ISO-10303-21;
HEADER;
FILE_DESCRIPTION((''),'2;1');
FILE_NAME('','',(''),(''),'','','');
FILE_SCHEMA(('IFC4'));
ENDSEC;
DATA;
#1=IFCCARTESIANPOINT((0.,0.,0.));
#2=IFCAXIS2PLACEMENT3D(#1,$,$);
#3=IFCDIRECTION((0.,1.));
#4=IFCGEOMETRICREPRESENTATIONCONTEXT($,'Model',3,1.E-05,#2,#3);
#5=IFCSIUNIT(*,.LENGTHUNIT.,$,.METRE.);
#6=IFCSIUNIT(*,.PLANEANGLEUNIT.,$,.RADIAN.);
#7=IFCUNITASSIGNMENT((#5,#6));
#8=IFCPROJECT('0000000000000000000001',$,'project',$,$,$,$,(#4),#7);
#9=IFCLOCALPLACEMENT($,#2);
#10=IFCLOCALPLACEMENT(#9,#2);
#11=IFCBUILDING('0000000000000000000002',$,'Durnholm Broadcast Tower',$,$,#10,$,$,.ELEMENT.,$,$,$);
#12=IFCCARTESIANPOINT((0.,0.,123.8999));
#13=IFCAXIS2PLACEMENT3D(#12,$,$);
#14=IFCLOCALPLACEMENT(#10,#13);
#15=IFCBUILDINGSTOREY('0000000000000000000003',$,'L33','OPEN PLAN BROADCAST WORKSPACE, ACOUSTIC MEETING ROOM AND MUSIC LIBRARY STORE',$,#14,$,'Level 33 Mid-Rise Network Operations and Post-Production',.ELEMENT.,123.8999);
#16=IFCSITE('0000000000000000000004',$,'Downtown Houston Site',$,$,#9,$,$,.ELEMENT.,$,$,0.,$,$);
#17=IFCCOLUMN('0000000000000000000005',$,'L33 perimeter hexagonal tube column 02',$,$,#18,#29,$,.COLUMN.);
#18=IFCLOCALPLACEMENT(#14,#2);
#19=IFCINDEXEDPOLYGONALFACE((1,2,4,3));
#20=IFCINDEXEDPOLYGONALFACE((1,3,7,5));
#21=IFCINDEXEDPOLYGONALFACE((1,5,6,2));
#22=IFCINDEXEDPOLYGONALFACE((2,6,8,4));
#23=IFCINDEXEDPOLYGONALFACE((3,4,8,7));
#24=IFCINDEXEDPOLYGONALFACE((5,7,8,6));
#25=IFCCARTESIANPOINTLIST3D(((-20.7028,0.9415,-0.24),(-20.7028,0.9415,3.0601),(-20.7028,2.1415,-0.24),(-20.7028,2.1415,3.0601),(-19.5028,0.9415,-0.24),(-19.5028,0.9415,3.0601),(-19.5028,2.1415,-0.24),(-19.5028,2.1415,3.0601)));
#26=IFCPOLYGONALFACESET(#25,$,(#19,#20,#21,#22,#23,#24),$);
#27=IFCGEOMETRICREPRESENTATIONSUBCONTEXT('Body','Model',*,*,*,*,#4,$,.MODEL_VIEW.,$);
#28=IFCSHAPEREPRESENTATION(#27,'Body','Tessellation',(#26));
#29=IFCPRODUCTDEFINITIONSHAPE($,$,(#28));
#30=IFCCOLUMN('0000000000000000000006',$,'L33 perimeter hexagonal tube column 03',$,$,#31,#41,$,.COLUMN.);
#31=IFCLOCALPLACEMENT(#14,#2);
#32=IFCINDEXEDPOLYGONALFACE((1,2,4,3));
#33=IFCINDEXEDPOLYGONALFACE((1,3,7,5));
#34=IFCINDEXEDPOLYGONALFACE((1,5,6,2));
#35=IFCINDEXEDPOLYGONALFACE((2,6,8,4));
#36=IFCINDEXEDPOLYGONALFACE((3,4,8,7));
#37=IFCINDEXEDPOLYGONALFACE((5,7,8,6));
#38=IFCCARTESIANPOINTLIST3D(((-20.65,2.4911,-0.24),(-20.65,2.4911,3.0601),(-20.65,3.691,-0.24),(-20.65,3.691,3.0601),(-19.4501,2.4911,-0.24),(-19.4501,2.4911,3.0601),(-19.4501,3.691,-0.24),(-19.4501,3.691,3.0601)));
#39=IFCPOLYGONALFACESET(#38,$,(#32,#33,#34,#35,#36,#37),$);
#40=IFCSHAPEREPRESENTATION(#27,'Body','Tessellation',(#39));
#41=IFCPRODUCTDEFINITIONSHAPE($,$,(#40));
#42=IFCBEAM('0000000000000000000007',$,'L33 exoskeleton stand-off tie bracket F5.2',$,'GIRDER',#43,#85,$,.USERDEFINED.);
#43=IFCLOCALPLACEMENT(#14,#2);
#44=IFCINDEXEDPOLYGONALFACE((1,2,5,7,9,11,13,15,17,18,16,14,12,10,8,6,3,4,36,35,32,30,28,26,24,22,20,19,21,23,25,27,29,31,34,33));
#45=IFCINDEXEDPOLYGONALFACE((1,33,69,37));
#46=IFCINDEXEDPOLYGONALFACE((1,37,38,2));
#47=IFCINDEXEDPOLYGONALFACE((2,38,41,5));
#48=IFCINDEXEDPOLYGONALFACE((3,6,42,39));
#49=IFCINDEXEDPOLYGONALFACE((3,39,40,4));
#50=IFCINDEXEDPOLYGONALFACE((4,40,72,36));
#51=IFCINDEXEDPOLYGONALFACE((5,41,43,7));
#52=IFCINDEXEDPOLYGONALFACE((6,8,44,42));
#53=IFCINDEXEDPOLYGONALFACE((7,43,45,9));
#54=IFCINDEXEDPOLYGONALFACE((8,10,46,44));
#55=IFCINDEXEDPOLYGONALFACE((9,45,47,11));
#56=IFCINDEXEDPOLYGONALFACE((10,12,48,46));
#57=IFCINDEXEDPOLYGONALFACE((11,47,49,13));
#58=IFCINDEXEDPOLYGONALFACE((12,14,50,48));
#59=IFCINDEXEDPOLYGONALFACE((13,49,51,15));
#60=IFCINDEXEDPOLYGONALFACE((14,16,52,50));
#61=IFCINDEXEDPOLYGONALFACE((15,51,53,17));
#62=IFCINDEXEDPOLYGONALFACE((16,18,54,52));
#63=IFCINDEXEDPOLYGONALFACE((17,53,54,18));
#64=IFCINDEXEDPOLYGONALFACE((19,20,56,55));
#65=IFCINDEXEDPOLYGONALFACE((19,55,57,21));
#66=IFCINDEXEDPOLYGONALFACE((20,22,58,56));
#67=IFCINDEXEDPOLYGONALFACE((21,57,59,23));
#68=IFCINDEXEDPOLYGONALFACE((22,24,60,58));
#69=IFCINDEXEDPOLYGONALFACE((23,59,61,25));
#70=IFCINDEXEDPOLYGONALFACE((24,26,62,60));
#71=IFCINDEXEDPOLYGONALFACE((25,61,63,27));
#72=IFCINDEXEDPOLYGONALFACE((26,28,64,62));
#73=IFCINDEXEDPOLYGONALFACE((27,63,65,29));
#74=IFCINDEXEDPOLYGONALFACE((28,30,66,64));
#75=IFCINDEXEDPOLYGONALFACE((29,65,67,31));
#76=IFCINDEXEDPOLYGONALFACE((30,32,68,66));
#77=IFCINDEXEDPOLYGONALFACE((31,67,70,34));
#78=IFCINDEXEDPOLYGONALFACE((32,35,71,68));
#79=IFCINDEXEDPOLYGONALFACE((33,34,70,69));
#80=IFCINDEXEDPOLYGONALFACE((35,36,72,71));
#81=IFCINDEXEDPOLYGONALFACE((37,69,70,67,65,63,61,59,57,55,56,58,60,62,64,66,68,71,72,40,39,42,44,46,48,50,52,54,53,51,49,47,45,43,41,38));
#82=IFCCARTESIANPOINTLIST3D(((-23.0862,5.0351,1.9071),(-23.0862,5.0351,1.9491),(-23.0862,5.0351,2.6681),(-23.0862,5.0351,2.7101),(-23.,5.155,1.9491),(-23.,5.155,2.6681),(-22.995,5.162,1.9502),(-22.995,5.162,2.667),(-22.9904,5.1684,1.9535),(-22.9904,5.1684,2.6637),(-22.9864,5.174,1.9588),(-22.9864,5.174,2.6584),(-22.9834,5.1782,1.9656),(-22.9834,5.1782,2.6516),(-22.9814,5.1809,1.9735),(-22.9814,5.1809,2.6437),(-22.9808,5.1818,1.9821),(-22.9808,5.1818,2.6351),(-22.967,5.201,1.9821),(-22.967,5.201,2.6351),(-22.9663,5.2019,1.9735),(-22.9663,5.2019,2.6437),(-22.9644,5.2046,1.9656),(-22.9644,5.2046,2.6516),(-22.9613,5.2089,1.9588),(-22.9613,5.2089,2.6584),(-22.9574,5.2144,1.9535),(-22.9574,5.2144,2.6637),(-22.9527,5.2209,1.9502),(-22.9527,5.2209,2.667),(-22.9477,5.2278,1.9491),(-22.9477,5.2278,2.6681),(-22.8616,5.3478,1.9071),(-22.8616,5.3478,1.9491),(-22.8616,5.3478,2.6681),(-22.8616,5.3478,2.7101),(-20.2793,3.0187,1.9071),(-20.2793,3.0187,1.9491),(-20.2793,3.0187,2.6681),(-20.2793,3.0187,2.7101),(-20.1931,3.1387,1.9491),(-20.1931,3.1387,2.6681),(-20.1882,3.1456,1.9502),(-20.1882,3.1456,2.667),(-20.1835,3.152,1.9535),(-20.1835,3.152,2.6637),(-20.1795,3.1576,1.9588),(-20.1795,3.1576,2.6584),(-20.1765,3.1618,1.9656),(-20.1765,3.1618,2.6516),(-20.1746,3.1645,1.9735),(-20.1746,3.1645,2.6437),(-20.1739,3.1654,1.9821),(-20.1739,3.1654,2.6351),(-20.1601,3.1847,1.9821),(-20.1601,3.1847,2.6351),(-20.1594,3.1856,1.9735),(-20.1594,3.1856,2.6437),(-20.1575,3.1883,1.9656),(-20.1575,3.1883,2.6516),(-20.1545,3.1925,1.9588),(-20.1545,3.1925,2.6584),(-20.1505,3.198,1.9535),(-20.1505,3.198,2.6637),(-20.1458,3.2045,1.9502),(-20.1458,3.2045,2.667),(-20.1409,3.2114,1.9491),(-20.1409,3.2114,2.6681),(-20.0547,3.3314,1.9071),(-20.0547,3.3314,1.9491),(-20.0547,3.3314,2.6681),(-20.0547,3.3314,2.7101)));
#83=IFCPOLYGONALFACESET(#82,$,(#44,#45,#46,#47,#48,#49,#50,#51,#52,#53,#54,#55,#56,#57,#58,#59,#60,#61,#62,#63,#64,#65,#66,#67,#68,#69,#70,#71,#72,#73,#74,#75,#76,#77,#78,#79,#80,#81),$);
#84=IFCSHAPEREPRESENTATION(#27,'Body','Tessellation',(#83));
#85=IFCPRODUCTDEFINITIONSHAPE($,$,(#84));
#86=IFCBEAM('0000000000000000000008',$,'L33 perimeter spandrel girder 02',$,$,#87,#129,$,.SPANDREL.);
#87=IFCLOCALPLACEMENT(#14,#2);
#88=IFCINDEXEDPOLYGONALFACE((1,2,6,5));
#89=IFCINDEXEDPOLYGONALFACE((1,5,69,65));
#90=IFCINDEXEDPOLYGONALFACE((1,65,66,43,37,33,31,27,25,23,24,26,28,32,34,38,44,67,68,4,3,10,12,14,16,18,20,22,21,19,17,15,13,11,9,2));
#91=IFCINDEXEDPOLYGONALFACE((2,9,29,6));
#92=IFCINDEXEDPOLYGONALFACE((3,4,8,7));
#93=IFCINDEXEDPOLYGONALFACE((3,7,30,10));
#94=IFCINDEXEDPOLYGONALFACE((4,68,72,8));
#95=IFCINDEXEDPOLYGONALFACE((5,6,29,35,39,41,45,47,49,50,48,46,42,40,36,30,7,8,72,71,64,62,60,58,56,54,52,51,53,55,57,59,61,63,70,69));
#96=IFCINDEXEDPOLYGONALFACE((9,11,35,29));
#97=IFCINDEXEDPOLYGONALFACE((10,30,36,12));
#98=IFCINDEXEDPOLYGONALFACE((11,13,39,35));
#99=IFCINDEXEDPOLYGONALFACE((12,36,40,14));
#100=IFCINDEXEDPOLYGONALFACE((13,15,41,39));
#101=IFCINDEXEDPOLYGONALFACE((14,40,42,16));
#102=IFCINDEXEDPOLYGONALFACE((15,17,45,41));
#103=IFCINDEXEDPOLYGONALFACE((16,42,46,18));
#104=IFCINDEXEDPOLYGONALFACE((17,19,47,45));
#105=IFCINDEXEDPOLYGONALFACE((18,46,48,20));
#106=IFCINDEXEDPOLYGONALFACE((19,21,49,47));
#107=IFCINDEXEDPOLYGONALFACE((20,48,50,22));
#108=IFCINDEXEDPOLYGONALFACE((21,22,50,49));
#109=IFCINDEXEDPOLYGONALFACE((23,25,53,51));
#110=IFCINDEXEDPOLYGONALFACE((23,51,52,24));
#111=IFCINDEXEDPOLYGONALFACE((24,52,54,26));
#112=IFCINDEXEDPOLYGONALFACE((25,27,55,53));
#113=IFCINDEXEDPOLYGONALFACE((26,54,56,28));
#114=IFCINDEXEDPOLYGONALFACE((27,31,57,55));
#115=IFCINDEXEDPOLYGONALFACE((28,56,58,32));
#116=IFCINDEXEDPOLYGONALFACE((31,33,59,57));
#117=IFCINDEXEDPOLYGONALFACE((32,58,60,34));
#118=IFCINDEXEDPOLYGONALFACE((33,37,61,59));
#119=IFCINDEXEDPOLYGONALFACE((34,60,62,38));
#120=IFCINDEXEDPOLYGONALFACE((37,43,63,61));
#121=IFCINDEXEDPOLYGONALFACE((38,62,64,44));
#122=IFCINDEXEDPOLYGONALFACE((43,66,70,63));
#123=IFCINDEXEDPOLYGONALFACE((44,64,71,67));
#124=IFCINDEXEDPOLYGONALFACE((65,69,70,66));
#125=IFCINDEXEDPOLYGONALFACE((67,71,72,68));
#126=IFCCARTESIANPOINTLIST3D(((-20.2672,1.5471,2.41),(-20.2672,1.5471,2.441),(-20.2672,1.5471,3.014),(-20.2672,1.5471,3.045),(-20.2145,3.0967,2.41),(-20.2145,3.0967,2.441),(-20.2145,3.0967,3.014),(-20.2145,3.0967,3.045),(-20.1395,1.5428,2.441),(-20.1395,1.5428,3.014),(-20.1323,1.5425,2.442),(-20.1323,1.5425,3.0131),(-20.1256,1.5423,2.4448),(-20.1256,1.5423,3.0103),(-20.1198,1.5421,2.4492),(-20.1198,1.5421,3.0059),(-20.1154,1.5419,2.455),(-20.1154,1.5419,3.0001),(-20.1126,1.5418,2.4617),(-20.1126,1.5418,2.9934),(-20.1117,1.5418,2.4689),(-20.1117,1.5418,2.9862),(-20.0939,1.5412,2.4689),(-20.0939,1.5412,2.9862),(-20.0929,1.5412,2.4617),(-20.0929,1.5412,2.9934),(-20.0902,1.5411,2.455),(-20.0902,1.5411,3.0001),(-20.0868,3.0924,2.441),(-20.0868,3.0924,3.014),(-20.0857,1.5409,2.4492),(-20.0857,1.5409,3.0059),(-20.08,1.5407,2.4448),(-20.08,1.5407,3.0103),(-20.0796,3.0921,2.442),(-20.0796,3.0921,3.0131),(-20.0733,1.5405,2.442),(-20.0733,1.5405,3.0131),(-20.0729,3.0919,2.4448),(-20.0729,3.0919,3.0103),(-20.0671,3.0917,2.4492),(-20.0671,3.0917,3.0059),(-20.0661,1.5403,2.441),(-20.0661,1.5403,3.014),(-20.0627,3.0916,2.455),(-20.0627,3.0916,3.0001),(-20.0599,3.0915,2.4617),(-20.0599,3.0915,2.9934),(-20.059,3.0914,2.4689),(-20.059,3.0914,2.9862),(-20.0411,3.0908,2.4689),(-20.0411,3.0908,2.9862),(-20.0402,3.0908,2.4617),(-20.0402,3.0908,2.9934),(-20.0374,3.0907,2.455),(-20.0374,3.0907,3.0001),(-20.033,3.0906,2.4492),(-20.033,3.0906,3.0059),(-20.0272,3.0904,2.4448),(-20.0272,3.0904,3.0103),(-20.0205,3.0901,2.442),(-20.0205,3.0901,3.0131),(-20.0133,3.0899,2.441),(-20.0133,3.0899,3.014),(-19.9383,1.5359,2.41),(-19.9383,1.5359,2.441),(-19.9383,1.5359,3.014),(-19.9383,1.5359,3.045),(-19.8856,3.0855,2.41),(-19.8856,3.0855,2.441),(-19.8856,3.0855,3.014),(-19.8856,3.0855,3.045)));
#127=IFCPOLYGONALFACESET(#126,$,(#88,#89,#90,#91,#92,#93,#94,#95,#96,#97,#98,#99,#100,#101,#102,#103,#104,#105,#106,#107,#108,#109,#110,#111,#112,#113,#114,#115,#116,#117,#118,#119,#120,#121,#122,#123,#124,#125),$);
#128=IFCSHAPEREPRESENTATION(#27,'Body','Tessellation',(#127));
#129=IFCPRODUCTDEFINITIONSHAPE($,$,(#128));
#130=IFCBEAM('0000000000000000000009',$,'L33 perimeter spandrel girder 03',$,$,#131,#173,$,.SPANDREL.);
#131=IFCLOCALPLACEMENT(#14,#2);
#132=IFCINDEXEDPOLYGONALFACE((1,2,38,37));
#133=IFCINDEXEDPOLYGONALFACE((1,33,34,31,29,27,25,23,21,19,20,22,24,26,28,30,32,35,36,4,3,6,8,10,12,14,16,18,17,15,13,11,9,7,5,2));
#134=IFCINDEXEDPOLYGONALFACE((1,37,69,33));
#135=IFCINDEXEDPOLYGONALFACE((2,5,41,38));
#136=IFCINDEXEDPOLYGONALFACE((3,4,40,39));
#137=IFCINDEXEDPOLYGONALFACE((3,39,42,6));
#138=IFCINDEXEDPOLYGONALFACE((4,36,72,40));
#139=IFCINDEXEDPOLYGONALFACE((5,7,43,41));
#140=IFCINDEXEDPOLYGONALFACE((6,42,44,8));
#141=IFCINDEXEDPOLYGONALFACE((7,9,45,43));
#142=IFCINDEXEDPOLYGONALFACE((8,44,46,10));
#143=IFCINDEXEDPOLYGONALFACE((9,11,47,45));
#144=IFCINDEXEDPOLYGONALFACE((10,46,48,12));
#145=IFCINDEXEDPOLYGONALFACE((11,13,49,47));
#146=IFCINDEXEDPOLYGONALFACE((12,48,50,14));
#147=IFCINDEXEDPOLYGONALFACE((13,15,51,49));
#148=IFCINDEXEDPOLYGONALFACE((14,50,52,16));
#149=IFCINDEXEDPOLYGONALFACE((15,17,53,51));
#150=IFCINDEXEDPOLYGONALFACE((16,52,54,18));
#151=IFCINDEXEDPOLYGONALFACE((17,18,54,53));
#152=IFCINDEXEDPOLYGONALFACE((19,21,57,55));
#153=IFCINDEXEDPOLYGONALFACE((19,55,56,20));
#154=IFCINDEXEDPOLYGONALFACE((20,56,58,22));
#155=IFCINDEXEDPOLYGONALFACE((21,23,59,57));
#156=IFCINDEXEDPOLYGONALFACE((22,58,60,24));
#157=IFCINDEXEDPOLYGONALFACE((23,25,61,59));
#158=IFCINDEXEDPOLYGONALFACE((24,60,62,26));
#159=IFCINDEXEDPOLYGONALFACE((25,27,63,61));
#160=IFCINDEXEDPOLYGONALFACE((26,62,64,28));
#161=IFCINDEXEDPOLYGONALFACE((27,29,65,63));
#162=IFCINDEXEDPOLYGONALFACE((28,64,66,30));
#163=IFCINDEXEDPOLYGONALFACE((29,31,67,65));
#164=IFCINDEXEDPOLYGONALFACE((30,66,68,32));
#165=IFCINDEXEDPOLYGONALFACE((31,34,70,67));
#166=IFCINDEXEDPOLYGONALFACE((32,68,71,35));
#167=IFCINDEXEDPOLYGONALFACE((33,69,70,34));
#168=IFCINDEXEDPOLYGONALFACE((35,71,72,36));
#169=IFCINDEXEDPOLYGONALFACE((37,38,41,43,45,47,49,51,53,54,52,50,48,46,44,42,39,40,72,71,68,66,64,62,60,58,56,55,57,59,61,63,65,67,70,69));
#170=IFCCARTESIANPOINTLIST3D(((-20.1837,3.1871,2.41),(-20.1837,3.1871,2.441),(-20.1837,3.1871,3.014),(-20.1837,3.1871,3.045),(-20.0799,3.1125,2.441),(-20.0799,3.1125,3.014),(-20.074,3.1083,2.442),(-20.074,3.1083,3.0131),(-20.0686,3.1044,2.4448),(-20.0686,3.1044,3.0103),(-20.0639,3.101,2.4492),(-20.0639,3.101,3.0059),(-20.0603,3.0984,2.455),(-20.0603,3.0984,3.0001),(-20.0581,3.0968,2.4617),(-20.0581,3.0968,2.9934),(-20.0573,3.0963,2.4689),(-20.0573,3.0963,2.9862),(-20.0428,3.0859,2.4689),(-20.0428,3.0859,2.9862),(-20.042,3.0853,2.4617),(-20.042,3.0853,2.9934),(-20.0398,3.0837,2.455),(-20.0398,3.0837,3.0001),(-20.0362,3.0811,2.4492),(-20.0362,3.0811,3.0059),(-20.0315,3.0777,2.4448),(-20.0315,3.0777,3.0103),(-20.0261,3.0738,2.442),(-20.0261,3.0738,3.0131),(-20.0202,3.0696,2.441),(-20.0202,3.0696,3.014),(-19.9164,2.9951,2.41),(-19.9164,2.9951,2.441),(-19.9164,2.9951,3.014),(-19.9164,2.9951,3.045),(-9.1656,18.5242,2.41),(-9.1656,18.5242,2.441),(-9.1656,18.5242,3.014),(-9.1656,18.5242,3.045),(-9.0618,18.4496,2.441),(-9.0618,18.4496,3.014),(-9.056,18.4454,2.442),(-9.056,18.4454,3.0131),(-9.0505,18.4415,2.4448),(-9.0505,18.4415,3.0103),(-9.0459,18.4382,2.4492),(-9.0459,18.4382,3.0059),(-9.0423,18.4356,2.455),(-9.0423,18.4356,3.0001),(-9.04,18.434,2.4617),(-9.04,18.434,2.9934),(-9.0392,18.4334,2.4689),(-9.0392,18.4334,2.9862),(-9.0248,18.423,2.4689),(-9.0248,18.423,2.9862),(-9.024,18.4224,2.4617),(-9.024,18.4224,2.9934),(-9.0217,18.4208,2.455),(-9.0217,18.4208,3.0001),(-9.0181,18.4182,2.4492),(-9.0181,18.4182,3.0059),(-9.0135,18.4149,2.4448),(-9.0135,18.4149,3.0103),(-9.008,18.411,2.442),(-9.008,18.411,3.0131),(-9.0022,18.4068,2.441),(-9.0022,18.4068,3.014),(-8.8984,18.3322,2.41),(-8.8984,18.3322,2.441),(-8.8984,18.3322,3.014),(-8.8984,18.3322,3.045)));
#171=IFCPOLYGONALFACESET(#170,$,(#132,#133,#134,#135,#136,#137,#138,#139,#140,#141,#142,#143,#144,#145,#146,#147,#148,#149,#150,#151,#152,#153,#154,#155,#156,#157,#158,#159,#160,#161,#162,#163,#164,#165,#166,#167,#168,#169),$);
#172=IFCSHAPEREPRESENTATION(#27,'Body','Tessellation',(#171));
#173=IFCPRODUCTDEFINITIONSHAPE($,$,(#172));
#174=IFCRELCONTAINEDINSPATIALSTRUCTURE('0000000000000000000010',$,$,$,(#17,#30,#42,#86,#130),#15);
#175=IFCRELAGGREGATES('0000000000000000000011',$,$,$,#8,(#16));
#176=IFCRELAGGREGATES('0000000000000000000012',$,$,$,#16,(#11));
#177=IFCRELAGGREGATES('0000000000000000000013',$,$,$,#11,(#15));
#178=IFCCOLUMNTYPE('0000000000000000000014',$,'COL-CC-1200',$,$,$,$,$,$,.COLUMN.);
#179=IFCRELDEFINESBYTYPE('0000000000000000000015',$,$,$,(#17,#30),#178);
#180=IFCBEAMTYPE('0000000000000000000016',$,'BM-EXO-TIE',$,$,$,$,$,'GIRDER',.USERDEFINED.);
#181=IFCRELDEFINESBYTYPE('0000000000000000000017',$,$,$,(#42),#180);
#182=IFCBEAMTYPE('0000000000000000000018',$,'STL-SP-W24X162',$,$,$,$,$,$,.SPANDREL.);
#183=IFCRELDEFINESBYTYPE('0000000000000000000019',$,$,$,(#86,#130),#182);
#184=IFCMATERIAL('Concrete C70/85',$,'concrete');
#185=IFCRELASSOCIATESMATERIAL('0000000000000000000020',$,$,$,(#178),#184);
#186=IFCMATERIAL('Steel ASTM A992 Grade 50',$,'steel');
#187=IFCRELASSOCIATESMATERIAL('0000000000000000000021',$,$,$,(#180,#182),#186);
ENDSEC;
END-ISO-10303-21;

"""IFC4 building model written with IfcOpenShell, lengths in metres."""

from ifc_helpers import new_model, si_unit, direction, frame, origin, origin_2d, place, context, subcontext, project, spatial, rectangle, i_section, extrude, source, transform, mapped, material, material_profile, profile_set, type_object, type_shapes, element, save


model = new_model("IFC4")

# Units and contexts
model_context = context("Model", 3, precision=1e-05, world=origin(), true_north=direction((0.0, 1.0)))
body_context = subcontext(model_context, "Body", "Model", "MODEL_VIEW")
ifc_project = project(units=[si_unit("LENGTHUNIT", "METRE"), si_unit("PLANEANGLEUNIT", "RADIAN")], contexts=[model_context])

# Site, building, storey
site_placement = place(None, origin())
site = spatial("IfcSite", under=ifc_project, at=site_placement, Name="Downtown Houston Site", CompositionType="ELEMENT", RefElevation=0.0)
building_placement = place(site_placement, origin())
building = spatial("IfcBuilding", under=site, at=building_placement, Name="Durnholm Broadcast Tower", CompositionType="ELEMENT")
storey_placement = place(building_placement, frame((0.0, 0.0, 123.8999)))
storey = spatial("IfcBuildingStorey", under=building, at=storey_placement, Name="L33", Description="OPEN PLAN BROADCAST WORKSPACE, ACOUSTIC MEETING ROOM AND MUSIC LIBRARY STORE", LongName="Level 33 Mid-Rise Network Operations and Post-Production", CompositionType="ELEMENT", Elevation=123.8999)

# Columns
ifc_material_1 = material(Name="Concrete C70/85", Category="concrete")
ifc_material_profile_1 = material_profile(ifc_material_1, rectangle(XDim=1.2, YDim=1.2, at=origin_2d()), Name="RC1200X1200")
ifc_profile_set_1 = profile_set([ifc_material_profile_1], Name="Concrete C70/85")
column_type = type_object("IfcColumnType", Name="COL-CC-1200", PredefinedType="COLUMN", material=ifc_profile_set_1)
shared_shape_1 = source(origin(), body_context, "Body", "SweptSolid", [
    extrude(rectangle(XDim=1.2, YDim=1.2, at=origin_2d()), origin(), (0.0, 0.0, 1.0), 3.3),
])
type_shapes(column_type, [shared_shape_1])
for number, where, z_axis, x_axis, name in (
    (1, (-20.1028, 1.5415, -0.24), (0.0, 0.0, 1.0), (1.0, 0.0, 0.0), "L33 perimeter hexagonal tube column 02"),
    (2, (-20.05, 3.0911, -0.24), (0.0, 0.0, 1.0), (1.0, 0.0, 0.0), "L33 perimeter hexagonal tube column 03"),
):
    element("IfcColumn", number, at=place(storey_placement, frame(where, z_axis=z_axis, x_axis=x_axis)), inside=storey, type_object=column_type, Name=name, PredefinedType="COLUMN", context=body_context, shape_type="MappedRepresentation", body=[
        mapped(shared_shape_1, transform((0.0, 0.0, 0.0), x_axis=(1.0, 0.0, 0.0), y_axis=(0.0, 1.0, 0.0), z_axis=(0.0, 0.0, 1.0), scale=1.0)),
    ])

# Beams
ifc_material_2 = material(Name="Steel ASTM A992 Grade 50", Category="steel")
ifc_material_profile_2 = material_profile(ifc_material_2, i_section(OverallWidth=0.385, OverallDepth=0.803, WebThickness=0.0237, FlangeThickness=0.042, FilletRadius=0.033, at=origin_2d()), Name="W30X261")
ifc_profile_set_2 = profile_set([ifc_material_profile_2], Name="Steel ASTM A992 Grade 50")
beam_type_1 = type_object("IfcBeamType", Name="BM-EXO-TIE", ElementType="GIRDER", PredefinedType="USERDEFINED", material=ifc_profile_set_2)
shared_shape_2 = source(origin(), body_context, "Body", "SweptSolid", [
    extrude(i_section(OverallWidth=0.385, OverallDepth=0.803, WebThickness=0.0237, FlangeThickness=0.042, FilletRadius=0.033, at=origin_2d()), origin(), (0.0, 0.0, 1.0), 3.4561),
])
type_shapes(beam_type_1, [shared_shape_2])
beam_1_placement = place(storey_placement, frame((-20.167, 3.175, 2.3086), z_axis=(-0.812165, 0.583428, 0.0), x_axis=(-0.583428, -0.812165, 0.0)))
element("IfcBeam", 3, at=beam_1_placement, inside=storey, type_object=beam_type_1, Name="L33 exoskeleton stand-off tie bracket F5.2", ObjectType="GIRDER", PredefinedType="USERDEFINED", context=body_context, shape_type="MappedRepresentation", body=[
    mapped(shared_shape_2, transform((0.0, 0.0, 0.0), x_axis=(1.0, 0.0, 0.0), y_axis=(0.0, 1.0, 0.0), z_axis=(0.0, 0.0, 1.0), scale=1.0)),
])
ifc_material_profile_3 = material_profile(ifc_material_2, i_section(OverallWidth=0.3291, OverallDepth=0.635, WebThickness=0.0178, FlangeThickness=0.031, FilletRadius=0.0278, at=origin_2d()), Name="W24X162")
ifc_profile_set_3 = profile_set([ifc_material_profile_3], Name="Steel ASTM A992 Grade 50")
beam_type_2 = type_object("IfcBeamType", Name="STL-SP-W24X162", PredefinedType="SPANDREL", material=ifc_profile_set_3)
shared_shape_3 = source(origin(), body_context, "Body", "SweptSolid", [
    extrude(i_section(OverallWidth=0.3291, OverallDepth=0.635, WebThickness=0.0178, FlangeThickness=0.031, FilletRadius=0.0278, at=origin_2d()), origin(), (0.0, 0.0, 1.0), 1.5505),
])
beam_2_placement = place(storey_placement, frame((-20.1028, 1.5415, 2.7275), z_axis=(0.034012, 0.999421, 0.0), x_axis=(-0.999421, 0.034012, 0.0)))
element("IfcBeam", 4, at=beam_2_placement, inside=storey, type_object=beam_type_2, Name="L33 perimeter spandrel girder 02", PredefinedType="SPANDREL", context=body_context, shape_type="MappedRepresentation", body=[
    mapped(shared_shape_3, transform((0.0, 0.0, 0.0), x_axis=(1.0, 0.0, 0.0), y_axis=(0.0, 1.0, 0.0), z_axis=(0.0, 0.0, 1.0), scale=1.0)),
])
shared_shape_4 = source(origin(), body_context, "Body", "SweptSolid", [
    extrude(i_section(OverallWidth=0.3291, OverallDepth=0.635, WebThickness=0.0178, FlangeThickness=0.031, FilletRadius=0.0278, at=origin_2d()), origin(), (0.0, 0.0, 1.0), 18.8845),
])
type_shapes(beam_type_2, [shared_shape_3, shared_shape_4])
beam_3_placement = place(storey_placement, frame((-20.05, 3.0911, 2.7275), z_axis=(0.583443, 0.812154, 0.0), x_axis=(-0.812154, 0.583443, 0.0)))
element("IfcBeam", 5, at=beam_3_placement, inside=storey, type_object=beam_type_2, Name="L33 perimeter spandrel girder 03", PredefinedType="SPANDREL", context=body_context, shape_type="MappedRepresentation", body=[
    mapped(shared_shape_4, transform((0.0, 0.0, 0.0), x_axis=(1.0, 0.0, 0.0), y_axis=(0.0, 1.0, 0.0), z_axis=(0.0, 0.0, 1.0), scale=1.0)),
])

save(model, "model.ifc")
